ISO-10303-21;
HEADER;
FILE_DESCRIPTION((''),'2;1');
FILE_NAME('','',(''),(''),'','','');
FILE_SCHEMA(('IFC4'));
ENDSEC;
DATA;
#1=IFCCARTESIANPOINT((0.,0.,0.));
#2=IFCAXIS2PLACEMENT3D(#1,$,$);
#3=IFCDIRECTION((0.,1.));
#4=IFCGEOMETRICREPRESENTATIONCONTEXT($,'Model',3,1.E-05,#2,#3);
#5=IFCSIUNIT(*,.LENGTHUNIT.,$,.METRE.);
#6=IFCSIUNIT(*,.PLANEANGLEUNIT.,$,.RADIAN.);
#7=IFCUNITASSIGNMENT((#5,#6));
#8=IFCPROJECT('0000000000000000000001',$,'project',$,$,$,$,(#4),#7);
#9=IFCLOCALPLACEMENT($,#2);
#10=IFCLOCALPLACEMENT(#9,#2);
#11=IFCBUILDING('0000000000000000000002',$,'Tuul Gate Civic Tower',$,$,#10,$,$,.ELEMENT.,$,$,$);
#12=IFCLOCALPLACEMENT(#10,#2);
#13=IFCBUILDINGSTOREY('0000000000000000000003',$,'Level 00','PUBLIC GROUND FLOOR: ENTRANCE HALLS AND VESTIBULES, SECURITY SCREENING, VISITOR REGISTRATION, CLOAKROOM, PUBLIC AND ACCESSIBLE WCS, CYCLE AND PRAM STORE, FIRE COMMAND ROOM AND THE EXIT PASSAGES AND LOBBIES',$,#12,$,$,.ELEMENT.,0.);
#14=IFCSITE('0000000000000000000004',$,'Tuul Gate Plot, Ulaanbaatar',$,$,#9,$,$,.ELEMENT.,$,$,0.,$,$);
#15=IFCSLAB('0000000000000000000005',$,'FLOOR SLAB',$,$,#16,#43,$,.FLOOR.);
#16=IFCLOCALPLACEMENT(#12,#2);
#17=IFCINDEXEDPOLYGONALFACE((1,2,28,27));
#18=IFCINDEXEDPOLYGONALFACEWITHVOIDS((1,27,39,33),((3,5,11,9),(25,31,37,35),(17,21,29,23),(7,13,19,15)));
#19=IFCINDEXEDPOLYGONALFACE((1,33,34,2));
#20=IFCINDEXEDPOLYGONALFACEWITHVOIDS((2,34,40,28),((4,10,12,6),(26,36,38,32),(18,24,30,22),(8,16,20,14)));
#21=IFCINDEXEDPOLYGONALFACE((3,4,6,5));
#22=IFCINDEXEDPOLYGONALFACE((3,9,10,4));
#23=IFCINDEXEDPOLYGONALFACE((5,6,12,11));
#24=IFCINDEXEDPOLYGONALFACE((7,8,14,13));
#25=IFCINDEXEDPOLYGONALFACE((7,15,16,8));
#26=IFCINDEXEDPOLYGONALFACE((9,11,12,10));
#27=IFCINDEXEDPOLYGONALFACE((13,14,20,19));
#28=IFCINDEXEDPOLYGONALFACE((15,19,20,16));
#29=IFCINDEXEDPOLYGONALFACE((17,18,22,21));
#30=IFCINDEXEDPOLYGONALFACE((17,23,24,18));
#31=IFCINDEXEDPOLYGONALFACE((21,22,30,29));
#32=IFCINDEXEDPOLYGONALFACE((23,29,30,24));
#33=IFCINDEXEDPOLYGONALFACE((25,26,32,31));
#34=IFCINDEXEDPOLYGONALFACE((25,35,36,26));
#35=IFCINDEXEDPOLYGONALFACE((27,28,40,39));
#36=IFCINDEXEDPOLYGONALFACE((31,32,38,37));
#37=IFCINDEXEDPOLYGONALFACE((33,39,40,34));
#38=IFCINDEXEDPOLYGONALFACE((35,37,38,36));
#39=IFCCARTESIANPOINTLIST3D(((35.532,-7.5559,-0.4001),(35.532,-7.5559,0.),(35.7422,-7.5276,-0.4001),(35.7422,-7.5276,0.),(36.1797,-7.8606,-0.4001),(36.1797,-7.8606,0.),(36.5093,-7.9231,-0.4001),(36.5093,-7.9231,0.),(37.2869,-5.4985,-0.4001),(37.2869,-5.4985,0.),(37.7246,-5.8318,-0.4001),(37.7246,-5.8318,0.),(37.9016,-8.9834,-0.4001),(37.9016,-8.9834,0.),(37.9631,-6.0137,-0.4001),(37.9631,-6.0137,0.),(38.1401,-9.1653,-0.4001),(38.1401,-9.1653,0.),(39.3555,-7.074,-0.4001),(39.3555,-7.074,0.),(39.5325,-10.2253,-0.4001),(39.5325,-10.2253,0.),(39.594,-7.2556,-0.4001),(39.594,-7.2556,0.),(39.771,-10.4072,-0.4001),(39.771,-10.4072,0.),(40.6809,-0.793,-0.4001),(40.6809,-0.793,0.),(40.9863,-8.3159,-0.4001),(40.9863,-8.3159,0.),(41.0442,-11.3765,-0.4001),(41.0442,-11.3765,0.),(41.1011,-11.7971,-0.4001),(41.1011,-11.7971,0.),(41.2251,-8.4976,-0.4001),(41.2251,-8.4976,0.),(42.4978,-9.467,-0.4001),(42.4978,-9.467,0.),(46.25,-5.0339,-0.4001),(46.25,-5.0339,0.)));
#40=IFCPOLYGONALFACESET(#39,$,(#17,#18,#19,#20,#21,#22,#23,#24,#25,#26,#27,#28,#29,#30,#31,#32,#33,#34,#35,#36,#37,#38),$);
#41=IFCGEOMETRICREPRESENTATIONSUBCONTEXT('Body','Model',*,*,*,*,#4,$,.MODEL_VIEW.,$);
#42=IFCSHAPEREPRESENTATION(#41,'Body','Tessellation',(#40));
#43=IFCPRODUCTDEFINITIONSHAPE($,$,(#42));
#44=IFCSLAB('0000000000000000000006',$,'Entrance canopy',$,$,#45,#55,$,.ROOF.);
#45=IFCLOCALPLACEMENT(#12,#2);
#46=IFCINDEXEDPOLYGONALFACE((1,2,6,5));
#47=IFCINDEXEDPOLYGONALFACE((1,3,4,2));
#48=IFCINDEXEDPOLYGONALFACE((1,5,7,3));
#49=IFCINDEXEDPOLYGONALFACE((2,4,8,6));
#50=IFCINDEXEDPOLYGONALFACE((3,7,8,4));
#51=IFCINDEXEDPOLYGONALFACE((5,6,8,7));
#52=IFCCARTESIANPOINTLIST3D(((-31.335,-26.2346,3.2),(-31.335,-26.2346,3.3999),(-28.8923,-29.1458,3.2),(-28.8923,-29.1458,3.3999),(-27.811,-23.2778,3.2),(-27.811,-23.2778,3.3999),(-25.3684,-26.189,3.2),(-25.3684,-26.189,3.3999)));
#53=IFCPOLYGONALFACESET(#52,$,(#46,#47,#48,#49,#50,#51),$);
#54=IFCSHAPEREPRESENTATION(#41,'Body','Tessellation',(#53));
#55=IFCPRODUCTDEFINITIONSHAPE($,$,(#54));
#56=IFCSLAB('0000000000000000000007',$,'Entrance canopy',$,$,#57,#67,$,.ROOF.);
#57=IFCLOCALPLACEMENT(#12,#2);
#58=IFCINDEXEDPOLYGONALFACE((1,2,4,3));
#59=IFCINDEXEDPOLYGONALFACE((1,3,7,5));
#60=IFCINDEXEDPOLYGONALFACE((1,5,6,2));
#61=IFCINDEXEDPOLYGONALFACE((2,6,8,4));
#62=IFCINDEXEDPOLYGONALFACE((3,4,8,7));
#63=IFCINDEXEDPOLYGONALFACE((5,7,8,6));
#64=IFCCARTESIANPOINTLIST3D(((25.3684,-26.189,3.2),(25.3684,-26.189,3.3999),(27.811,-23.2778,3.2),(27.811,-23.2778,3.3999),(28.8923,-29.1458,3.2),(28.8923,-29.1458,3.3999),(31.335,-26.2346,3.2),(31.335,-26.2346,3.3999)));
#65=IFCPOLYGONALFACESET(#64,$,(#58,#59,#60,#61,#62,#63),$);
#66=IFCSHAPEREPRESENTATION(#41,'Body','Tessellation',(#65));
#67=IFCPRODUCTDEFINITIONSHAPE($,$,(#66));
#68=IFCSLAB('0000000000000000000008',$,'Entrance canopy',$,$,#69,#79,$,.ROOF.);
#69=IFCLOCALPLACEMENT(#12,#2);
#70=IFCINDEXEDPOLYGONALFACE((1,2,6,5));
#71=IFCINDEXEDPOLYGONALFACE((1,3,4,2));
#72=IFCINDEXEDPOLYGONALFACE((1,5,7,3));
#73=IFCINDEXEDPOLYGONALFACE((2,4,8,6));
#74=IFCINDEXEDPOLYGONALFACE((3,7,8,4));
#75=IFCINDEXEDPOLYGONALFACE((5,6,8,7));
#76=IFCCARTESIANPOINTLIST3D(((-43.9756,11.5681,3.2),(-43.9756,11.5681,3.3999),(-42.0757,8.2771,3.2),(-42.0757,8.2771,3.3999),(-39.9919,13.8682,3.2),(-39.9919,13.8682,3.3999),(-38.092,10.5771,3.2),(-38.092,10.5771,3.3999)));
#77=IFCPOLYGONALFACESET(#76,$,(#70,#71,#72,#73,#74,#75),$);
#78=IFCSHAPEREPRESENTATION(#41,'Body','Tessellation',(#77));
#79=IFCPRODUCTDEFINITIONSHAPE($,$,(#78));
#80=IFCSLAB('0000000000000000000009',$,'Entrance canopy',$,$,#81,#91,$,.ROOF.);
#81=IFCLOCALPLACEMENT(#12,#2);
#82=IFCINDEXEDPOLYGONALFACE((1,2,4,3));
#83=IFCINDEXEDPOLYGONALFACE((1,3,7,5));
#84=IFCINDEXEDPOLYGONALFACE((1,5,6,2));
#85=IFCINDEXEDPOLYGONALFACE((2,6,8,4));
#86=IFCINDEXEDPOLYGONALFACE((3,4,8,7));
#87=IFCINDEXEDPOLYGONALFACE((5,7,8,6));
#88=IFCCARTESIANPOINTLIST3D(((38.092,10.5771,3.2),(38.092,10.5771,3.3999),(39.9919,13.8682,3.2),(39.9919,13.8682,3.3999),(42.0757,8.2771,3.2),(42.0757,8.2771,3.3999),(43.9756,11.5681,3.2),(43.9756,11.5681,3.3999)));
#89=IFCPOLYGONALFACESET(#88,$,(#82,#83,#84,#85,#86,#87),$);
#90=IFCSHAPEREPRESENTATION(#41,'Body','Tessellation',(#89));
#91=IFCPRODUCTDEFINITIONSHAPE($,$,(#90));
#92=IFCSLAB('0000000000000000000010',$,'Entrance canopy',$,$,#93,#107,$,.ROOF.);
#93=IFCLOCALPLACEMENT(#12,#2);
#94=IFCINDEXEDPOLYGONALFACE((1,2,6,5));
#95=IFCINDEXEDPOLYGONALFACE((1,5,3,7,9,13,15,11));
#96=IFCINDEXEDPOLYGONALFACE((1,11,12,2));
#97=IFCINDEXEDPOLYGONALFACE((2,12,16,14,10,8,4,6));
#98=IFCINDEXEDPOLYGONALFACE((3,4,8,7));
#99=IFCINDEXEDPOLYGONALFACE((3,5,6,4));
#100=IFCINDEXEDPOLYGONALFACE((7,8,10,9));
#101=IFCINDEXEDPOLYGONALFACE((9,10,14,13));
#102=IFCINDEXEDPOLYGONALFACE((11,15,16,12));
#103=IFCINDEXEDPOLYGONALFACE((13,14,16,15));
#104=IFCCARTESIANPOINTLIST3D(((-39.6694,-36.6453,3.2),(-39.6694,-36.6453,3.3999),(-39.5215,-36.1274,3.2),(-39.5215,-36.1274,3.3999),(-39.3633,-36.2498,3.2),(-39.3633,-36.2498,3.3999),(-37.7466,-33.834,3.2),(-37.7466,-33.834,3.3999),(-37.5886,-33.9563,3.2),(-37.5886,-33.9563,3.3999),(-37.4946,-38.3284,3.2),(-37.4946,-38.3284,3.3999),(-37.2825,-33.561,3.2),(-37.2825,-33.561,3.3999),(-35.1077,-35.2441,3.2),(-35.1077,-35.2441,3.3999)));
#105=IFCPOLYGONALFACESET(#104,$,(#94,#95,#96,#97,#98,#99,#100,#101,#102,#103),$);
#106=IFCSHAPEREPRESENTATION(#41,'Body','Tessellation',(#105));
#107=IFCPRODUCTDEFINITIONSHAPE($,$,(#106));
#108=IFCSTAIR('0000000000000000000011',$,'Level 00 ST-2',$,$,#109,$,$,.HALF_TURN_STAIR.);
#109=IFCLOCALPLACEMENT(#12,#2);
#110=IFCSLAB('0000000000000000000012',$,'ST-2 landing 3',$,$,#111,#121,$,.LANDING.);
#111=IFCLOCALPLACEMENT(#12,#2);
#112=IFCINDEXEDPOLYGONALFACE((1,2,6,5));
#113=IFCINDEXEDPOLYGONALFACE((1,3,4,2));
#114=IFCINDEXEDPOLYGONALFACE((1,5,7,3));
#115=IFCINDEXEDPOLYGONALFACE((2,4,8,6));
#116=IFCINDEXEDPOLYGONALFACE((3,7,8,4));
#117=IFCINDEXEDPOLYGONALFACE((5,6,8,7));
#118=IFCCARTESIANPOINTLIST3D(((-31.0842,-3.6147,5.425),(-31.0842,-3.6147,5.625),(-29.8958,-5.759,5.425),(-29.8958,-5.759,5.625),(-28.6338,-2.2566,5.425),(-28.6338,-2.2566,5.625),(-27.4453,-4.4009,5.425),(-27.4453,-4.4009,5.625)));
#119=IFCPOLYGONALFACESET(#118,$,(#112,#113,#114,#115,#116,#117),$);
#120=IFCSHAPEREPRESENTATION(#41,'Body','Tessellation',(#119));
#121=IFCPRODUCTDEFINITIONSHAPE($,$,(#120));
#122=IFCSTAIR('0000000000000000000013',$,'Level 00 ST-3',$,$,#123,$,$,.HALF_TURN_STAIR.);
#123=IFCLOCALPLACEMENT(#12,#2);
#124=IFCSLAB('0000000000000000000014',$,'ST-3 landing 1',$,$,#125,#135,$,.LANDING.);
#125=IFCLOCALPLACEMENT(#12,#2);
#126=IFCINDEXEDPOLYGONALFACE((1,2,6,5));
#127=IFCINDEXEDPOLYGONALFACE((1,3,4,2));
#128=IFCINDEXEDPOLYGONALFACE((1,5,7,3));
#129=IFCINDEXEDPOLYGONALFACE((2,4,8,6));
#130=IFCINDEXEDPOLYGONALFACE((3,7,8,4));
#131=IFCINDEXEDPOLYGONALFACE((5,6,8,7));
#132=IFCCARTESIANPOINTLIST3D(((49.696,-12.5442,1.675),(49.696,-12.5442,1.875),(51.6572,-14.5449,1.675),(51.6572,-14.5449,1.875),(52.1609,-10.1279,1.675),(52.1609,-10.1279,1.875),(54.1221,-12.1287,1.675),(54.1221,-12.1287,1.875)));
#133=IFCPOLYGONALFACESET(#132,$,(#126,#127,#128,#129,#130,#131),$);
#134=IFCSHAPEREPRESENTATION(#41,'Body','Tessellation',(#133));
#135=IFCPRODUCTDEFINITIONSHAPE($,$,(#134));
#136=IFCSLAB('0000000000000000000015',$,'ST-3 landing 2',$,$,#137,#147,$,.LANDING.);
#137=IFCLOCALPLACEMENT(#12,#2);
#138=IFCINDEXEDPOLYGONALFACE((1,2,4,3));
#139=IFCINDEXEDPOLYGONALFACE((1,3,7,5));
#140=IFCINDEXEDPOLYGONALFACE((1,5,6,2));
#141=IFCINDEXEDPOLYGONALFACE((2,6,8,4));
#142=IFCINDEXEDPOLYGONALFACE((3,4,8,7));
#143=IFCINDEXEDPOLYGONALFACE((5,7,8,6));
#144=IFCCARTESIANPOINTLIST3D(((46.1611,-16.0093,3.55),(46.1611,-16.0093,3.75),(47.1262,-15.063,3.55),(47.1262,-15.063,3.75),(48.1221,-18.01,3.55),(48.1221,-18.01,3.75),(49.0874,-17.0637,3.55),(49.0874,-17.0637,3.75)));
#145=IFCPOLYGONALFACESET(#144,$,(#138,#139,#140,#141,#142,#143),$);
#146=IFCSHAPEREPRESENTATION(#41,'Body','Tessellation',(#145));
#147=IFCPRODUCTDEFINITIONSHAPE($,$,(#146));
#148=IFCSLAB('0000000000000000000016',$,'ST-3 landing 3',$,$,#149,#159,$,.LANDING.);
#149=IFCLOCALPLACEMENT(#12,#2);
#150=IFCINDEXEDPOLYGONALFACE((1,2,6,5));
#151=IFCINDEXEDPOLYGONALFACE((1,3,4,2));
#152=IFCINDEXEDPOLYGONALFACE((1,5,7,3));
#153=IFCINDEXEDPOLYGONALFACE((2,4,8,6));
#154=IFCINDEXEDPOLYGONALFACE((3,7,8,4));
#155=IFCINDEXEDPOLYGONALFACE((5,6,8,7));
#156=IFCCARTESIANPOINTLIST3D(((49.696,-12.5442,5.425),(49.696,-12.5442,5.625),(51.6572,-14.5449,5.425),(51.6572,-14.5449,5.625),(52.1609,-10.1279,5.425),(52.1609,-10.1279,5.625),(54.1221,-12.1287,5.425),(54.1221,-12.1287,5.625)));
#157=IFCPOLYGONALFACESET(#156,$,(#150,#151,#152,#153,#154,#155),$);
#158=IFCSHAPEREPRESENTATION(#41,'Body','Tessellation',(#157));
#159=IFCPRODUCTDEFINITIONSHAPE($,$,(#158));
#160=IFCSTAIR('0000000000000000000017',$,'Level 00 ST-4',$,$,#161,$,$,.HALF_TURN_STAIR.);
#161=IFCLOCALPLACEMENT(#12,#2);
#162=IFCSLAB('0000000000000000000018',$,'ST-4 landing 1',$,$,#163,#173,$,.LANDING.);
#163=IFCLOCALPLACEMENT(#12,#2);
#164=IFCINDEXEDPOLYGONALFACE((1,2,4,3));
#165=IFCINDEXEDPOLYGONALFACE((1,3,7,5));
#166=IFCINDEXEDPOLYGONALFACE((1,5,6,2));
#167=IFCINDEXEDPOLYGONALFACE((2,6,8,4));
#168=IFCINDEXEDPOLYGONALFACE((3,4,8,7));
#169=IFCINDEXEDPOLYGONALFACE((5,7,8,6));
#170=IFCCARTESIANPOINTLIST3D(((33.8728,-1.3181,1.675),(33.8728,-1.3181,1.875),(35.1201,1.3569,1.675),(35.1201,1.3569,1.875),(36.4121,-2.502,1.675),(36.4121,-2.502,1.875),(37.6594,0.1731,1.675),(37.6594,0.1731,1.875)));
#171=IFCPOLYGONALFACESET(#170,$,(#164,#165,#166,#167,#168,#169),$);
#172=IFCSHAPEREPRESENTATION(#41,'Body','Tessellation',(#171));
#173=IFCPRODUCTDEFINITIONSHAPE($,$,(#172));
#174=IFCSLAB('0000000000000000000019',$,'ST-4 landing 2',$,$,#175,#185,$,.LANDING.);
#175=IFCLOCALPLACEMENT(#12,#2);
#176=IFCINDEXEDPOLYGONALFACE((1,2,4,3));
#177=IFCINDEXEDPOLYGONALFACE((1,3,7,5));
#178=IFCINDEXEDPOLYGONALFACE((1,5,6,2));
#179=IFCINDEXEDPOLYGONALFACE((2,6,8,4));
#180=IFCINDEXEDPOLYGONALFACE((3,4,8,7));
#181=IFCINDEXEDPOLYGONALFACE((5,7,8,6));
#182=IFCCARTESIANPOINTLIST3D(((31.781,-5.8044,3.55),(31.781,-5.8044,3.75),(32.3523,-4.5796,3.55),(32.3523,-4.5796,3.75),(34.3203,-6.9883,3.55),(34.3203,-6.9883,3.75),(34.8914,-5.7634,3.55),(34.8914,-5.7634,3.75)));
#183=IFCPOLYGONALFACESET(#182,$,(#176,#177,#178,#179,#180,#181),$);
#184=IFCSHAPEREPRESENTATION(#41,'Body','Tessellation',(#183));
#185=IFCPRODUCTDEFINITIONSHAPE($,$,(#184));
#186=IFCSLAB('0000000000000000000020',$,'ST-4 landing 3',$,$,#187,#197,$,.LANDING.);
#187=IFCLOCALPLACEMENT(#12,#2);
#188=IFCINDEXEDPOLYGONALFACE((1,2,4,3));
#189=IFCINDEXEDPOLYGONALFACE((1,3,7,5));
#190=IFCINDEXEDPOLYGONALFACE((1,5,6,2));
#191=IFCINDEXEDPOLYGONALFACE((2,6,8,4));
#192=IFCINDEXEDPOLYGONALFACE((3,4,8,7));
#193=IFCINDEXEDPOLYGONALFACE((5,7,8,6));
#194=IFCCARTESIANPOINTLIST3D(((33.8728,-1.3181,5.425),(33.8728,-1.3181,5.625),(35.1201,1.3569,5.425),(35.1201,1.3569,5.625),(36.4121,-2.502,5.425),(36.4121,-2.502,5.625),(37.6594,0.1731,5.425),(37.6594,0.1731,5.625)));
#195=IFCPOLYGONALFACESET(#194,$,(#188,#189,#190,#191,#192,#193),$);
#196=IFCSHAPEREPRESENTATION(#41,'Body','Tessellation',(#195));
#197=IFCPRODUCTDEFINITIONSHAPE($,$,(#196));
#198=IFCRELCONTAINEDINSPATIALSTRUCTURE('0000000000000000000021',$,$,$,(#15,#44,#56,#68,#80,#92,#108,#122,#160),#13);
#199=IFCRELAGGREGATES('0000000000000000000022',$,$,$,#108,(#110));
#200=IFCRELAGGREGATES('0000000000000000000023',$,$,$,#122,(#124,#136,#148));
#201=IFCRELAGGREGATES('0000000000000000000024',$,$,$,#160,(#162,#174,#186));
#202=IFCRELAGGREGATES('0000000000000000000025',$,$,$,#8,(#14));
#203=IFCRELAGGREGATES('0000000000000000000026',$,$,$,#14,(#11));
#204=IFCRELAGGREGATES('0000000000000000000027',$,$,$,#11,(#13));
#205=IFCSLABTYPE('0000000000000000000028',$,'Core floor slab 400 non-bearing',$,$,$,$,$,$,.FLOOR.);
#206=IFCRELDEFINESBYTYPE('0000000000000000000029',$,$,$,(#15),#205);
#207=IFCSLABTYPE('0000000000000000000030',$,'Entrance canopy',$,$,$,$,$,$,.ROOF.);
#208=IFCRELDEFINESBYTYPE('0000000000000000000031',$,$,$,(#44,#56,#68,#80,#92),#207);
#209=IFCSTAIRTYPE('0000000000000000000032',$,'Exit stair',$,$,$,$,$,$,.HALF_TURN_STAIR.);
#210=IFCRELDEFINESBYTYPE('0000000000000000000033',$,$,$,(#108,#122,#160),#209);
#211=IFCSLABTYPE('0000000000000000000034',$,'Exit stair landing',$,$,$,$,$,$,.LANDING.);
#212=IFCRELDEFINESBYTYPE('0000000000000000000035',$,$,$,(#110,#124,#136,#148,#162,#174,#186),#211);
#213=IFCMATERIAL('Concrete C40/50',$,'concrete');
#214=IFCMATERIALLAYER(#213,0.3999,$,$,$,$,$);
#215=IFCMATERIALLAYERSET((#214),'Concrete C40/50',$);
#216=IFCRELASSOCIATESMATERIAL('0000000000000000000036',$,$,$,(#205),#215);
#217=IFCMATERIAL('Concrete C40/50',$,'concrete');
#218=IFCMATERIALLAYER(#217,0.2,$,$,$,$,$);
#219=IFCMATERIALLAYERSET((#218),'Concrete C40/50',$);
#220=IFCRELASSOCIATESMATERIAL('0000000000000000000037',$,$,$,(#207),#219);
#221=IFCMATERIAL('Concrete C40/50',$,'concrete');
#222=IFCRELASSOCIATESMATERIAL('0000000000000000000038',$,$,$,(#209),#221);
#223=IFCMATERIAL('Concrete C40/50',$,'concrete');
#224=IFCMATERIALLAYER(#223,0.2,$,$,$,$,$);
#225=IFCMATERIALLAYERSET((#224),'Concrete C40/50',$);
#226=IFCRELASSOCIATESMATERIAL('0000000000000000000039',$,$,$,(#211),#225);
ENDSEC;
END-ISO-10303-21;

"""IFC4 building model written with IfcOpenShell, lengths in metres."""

from ifc_helpers import new_model, si_unit, direction, frame, origin, place, context, subcontext, project, spatial, polyline, outline, extrude, material, layer, layer_set, type_object, element, aggregate, save


model = new_model("IFC4")

# Units and contexts
model_context = context("Model", 3, precision=1e-05, world=origin(), true_north=direction((0.0, 1.0)))
body_context = subcontext(model_context, "Body", "Model", "MODEL_VIEW")
ifc_project = project(units=[si_unit("LENGTHUNIT", "METRE"), si_unit("PLANEANGLEUNIT", "RADIAN")], contexts=[model_context])

# Site, building, storey
site_placement = place(None, origin())
site = spatial("IfcSite", under=ifc_project, at=site_placement, Name="Tuul Gate Plot, Ulaanbaatar", CompositionType="ELEMENT", RefElevation=0.0)
building_placement = place(site_placement, origin())
building = spatial("IfcBuilding", under=site, at=building_placement, Name="Tuul Gate Civic Tower", CompositionType="ELEMENT")
storey_placement = place(building_placement, origin())
storey = spatial("IfcBuildingStorey", under=building, at=storey_placement, Name="Level 00", Description="PUBLIC GROUND FLOOR: ENTRANCE HALLS AND VESTIBULES, SECURITY SCREENING, VISITOR REGISTRATION, CLOAKROOM, PUBLIC AND ACCESSIBLE WCS, CYCLE AND PRAM STORE, FIRE COMMAND ROOM AND THE EXIT PASSAGES AND LOBBIES", CompositionType="ELEMENT", Elevation=0.0)

# Slabs
ifc_material_1 = material(Name="Concrete C40/50", Category="concrete")
ifc_layer_1 = layer(ifc_material_1, 0.3999)
ifc_layer_set_1 = layer_set([ifc_layer_1], Name="Concrete C40/50")
slab_type_1 = type_object("IfcSlabType", Name="Core floor slab 400 non-bearing", PredefinedType="FLOOR", material=ifc_layer_set_1)
slab_1_placement = place(storey_placement, frame((0.0, 0.0, -0.4001)))
element("IfcSlab", 1, at=slab_1_placement, inside=storey, type_object=slab_type_1, Name="FLOOR SLAB", PredefinedType="FLOOR", context=body_context, shape_type="SweptSolid", body=[
    extrude(outline(polyline([(41.1011, -11.7971), (46.25, -5.0339), (40.6809, -0.793), (35.532, -7.5559), (41.1011, -11.7971)]), holes=[polyline([(41.0442, -11.3765), (42.4978, -9.467), (41.2251, -8.4976), (39.771, -10.4072), (41.0442, -11.3765)]), polyline([(39.5325, -10.2253), (40.9863, -8.3159), (39.594, -7.2556), (38.1401, -9.1653), (39.5325, -10.2253)]), polyline([(37.9016, -8.9834), (39.3555, -7.074), (37.9631, -6.0137), (36.5093, -7.9231), (37.9016, -8.9834)]), polyline([(36.1797, -7.8606), (37.7246, -5.8318), (37.2869, -5.4985), (35.7422, -7.5276), (36.1797, -7.8606)])]), origin(), (0.0, 0.0, 1.0), 0.4001),
])
ifc_material_2 = material(Name="Concrete C40/50", Category="concrete")
ifc_layer_2 = layer(ifc_material_2, 0.2)
ifc_layer_set_2 = layer_set([ifc_layer_2], Name="Concrete C40/50")
slab_type_2 = type_object("IfcSlabType", Name="Entrance canopy", PredefinedType="ROOF", material=ifc_layer_set_2)
slab_2_placement = place(storey_placement, frame((0.0, 0.0, 3.2)))
element("IfcSlab", 2, at=slab_2_placement, inside=storey, type_object=slab_type_2, Name="Entrance canopy", PredefinedType="ROOF", context=body_context, shape_type="SweptSolid", body=[
    extrude(outline(polyline([(-31.335, -26.2346), (-28.8923, -29.1458), (-25.3684, -26.189), (-27.811, -23.2778), (-31.335, -26.2346)])), origin(), (0.0, 0.0, 1.0), 0.2),
])
slab_3_placement = place(storey_placement, frame((0.0, 0.0, 3.2)))
element("IfcSlab", 3, at=slab_3_placement, inside=storey, type_object=slab_type_2, Name="Entrance canopy", PredefinedType="ROOF", context=body_context, shape_type="SweptSolid", body=[
    extrude(outline(polyline([(27.811, -23.2778), (25.3684, -26.189), (28.8923, -29.1458), (31.335, -26.2346), (27.811, -23.2778)])), origin(), (0.0, 0.0, 1.0), 0.2),
])
slab_4_placement = place(storey_placement, frame((0.0, 0.0, 3.2)))
element("IfcSlab", 4, at=slab_4_placement, inside=storey, type_object=slab_type_2, Name="Entrance canopy", PredefinedType="ROOF", context=body_context, shape_type="SweptSolid", body=[
    extrude(outline(polyline([(-38.092, 10.5771), (-39.9919, 13.8682), (-43.9756, 11.5681), (-42.0757, 8.2771), (-38.092, 10.5771)])), origin(), (0.0, 0.0, 1.0), 0.2),
])
slab_5_placement = place(storey_placement, frame((0.0, 0.0, 3.2)))
element("IfcSlab", 5, at=slab_5_placement, inside=storey, type_object=slab_type_2, Name="Entrance canopy", PredefinedType="ROOF", context=body_context, shape_type="SweptSolid", body=[
    extrude(outline(polyline([(42.0757, 8.2771), (43.9756, 11.5681), (39.9919, 13.8682), (38.092, 10.5771), (42.0757, 8.2771)])), origin(), (0.0, 0.0, 1.0), 0.2),
])
slab_6_placement = place(storey_placement, frame((0.0, 0.0, 3.2)))
element("IfcSlab", 6, at=slab_6_placement, inside=storey, type_object=slab_type_2, Name="Entrance canopy", PredefinedType="ROOF", context=body_context, shape_type="SweptSolid", body=[
    extrude(outline(polyline([(-39.5215, -36.1274), (-39.3633, -36.2498), (-39.6694, -36.6453), (-37.4946, -38.3284), (-35.1077, -35.2441), (-37.2825, -33.561), (-37.5886, -33.9563), (-37.7466, -33.834), (-39.5215, -36.1274)])), origin(), (0.0, 0.0, 1.0), 0.2),
])

# Stair, slab
ifc_material_3 = material(Name="Concrete C40/50", Category="concrete")
stair_type = type_object("IfcStairType", Name="Exit stair", PredefinedType="HALF_TURN_STAIR", material=ifc_material_3)
stair_1_placement = place(storey_placement, origin())
stair_1 = element("IfcStair", 7, at=stair_1_placement, inside=storey, type_object=stair_type, Name="Level 00 ST-2", PredefinedType="HALF_TURN_STAIR")
ifc_material_4 = material(Name="Concrete C40/50", Category="concrete")
ifc_layer_3 = layer(ifc_material_4, 0.2)
ifc_layer_set_3 = layer_set([ifc_layer_3], Name="Concrete C40/50")
slab_type_3 = type_object("IfcSlabType", Name="Exit stair landing", PredefinedType="LANDING", material=ifc_layer_set_3)
slab_7_placement = place(storey_placement, frame((0.0, 0.0, 5.425)))
slab_7 = element("IfcSlab", 8, at=slab_7_placement, type_object=slab_type_3, Name="ST-2 landing 3", PredefinedType="LANDING", context=body_context, shape_type="SweptSolid", body=[
    extrude(outline(polyline([(-27.4453, -4.4009), (-29.8958, -5.759), (-31.0842, -3.6147), (-28.6338, -2.2566), (-27.4453, -4.4009)])), origin(), (0.0, 0.0, 1.0), 0.2),
])
aggregate(stair_1, [slab_7])

# Stairs, slabs
stair_2_placement = place(storey_placement, origin())
stair_2 = element("IfcStair", 9, at=stair_2_placement, inside=storey, type_object=stair_type, Name="Level 00 ST-3", PredefinedType="HALF_TURN_STAIR")
slab_8_placement = place(storey_placement, frame((0.0, 0.0, 1.675)))
slab_8 = element("IfcSlab", 10, at=slab_8_placement, type_object=slab_type_3, Name="ST-3 landing 1", PredefinedType="LANDING", context=body_context, shape_type="SweptSolid", body=[
    extrude(outline(polyline([(51.6572, -14.5449), (49.696, -12.5442), (52.1609, -10.1279), (54.1221, -12.1287), (51.6572, -14.5449)])), origin(), (0.0, 0.0, 1.0), 0.2),
])
slab_9_placement = place(storey_placement, frame((0.0, 0.0, 3.55)))
slab_9 = element("IfcSlab", 11, at=slab_9_placement, type_object=slab_type_3, Name="ST-3 landing 2", PredefinedType="LANDING", context=body_context, shape_type="SweptSolid", body=[
    extrude(outline(polyline([(48.1221, -18.01), (46.1611, -16.0093), (47.1262, -15.063), (49.0874, -17.0637), (48.1221, -18.01)])), origin(), (0.0, 0.0, 1.0), 0.2),
])
slab_10_placement = place(storey_placement, frame((0.0, 0.0, 5.425)))
slab_10 = element("IfcSlab", 12, at=slab_10_placement, type_object=slab_type_3, Name="ST-3 landing 3", PredefinedType="LANDING", context=body_context, shape_type="SweptSolid", body=[
    extrude(outline(polyline([(51.6572, -14.5449), (49.696, -12.5442), (52.1609, -10.1279), (54.1221, -12.1287), (51.6572, -14.5449)])), origin(), (0.0, 0.0, 1.0), 0.2),
])
aggregate(stair_2, [slab_8, slab_9, slab_10])
stair_3_placement = place(storey_placement, origin())
stair_3 = element("IfcStair", 13, at=stair_3_placement, inside=storey, type_object=stair_type, Name="Level 00 ST-4", PredefinedType="HALF_TURN_STAIR")
slab_11_placement = place(storey_placement, frame((0.0, 0.0, 1.675)))
slab_11 = element("IfcSlab", 14, at=slab_11_placement, type_object=slab_type_3, Name="ST-4 landing 1", PredefinedType="LANDING", context=body_context, shape_type="SweptSolid", body=[
    extrude(outline(polyline([(36.4121, -2.502), (33.8728, -1.3181), (35.1201, 1.3569), (37.6594, 0.1731), (36.4121, -2.502)])), origin(), (0.0, 0.0, 1.0), 0.2),
])
slab_12_placement = place(storey_placement, frame((0.0, 0.0, 3.55)))
slab_12 = element("IfcSlab", 15, at=slab_12_placement, type_object=slab_type_3, Name="ST-4 landing 2", PredefinedType="LANDING", context=body_context, shape_type="SweptSolid", body=[
    extrude(outline(polyline([(34.3203, -6.9883), (31.781, -5.8044), (32.3523, -4.5796), (34.8914, -5.7634), (34.3203, -6.9883)])), origin(), (0.0, 0.0, 1.0), 0.2),
])
slab_13_placement = place(storey_placement, frame((0.0, 0.0, 5.425)))
slab_13 = element("IfcSlab", 16, at=slab_13_placement, type_object=slab_type_3, Name="ST-4 landing 3", PredefinedType="LANDING", context=body_context, shape_type="SweptSolid", body=[
    extrude(outline(polyline([(36.4121, -2.502), (33.8728, -1.3181), (35.1201, 1.3569), (37.6594, 0.1731), (36.4121, -2.502)])), origin(), (0.0, 0.0, 1.0), 0.2),
])
aggregate(stair_3, [slab_11, slab_12, slab_13])

save(model, "model.ifc")
